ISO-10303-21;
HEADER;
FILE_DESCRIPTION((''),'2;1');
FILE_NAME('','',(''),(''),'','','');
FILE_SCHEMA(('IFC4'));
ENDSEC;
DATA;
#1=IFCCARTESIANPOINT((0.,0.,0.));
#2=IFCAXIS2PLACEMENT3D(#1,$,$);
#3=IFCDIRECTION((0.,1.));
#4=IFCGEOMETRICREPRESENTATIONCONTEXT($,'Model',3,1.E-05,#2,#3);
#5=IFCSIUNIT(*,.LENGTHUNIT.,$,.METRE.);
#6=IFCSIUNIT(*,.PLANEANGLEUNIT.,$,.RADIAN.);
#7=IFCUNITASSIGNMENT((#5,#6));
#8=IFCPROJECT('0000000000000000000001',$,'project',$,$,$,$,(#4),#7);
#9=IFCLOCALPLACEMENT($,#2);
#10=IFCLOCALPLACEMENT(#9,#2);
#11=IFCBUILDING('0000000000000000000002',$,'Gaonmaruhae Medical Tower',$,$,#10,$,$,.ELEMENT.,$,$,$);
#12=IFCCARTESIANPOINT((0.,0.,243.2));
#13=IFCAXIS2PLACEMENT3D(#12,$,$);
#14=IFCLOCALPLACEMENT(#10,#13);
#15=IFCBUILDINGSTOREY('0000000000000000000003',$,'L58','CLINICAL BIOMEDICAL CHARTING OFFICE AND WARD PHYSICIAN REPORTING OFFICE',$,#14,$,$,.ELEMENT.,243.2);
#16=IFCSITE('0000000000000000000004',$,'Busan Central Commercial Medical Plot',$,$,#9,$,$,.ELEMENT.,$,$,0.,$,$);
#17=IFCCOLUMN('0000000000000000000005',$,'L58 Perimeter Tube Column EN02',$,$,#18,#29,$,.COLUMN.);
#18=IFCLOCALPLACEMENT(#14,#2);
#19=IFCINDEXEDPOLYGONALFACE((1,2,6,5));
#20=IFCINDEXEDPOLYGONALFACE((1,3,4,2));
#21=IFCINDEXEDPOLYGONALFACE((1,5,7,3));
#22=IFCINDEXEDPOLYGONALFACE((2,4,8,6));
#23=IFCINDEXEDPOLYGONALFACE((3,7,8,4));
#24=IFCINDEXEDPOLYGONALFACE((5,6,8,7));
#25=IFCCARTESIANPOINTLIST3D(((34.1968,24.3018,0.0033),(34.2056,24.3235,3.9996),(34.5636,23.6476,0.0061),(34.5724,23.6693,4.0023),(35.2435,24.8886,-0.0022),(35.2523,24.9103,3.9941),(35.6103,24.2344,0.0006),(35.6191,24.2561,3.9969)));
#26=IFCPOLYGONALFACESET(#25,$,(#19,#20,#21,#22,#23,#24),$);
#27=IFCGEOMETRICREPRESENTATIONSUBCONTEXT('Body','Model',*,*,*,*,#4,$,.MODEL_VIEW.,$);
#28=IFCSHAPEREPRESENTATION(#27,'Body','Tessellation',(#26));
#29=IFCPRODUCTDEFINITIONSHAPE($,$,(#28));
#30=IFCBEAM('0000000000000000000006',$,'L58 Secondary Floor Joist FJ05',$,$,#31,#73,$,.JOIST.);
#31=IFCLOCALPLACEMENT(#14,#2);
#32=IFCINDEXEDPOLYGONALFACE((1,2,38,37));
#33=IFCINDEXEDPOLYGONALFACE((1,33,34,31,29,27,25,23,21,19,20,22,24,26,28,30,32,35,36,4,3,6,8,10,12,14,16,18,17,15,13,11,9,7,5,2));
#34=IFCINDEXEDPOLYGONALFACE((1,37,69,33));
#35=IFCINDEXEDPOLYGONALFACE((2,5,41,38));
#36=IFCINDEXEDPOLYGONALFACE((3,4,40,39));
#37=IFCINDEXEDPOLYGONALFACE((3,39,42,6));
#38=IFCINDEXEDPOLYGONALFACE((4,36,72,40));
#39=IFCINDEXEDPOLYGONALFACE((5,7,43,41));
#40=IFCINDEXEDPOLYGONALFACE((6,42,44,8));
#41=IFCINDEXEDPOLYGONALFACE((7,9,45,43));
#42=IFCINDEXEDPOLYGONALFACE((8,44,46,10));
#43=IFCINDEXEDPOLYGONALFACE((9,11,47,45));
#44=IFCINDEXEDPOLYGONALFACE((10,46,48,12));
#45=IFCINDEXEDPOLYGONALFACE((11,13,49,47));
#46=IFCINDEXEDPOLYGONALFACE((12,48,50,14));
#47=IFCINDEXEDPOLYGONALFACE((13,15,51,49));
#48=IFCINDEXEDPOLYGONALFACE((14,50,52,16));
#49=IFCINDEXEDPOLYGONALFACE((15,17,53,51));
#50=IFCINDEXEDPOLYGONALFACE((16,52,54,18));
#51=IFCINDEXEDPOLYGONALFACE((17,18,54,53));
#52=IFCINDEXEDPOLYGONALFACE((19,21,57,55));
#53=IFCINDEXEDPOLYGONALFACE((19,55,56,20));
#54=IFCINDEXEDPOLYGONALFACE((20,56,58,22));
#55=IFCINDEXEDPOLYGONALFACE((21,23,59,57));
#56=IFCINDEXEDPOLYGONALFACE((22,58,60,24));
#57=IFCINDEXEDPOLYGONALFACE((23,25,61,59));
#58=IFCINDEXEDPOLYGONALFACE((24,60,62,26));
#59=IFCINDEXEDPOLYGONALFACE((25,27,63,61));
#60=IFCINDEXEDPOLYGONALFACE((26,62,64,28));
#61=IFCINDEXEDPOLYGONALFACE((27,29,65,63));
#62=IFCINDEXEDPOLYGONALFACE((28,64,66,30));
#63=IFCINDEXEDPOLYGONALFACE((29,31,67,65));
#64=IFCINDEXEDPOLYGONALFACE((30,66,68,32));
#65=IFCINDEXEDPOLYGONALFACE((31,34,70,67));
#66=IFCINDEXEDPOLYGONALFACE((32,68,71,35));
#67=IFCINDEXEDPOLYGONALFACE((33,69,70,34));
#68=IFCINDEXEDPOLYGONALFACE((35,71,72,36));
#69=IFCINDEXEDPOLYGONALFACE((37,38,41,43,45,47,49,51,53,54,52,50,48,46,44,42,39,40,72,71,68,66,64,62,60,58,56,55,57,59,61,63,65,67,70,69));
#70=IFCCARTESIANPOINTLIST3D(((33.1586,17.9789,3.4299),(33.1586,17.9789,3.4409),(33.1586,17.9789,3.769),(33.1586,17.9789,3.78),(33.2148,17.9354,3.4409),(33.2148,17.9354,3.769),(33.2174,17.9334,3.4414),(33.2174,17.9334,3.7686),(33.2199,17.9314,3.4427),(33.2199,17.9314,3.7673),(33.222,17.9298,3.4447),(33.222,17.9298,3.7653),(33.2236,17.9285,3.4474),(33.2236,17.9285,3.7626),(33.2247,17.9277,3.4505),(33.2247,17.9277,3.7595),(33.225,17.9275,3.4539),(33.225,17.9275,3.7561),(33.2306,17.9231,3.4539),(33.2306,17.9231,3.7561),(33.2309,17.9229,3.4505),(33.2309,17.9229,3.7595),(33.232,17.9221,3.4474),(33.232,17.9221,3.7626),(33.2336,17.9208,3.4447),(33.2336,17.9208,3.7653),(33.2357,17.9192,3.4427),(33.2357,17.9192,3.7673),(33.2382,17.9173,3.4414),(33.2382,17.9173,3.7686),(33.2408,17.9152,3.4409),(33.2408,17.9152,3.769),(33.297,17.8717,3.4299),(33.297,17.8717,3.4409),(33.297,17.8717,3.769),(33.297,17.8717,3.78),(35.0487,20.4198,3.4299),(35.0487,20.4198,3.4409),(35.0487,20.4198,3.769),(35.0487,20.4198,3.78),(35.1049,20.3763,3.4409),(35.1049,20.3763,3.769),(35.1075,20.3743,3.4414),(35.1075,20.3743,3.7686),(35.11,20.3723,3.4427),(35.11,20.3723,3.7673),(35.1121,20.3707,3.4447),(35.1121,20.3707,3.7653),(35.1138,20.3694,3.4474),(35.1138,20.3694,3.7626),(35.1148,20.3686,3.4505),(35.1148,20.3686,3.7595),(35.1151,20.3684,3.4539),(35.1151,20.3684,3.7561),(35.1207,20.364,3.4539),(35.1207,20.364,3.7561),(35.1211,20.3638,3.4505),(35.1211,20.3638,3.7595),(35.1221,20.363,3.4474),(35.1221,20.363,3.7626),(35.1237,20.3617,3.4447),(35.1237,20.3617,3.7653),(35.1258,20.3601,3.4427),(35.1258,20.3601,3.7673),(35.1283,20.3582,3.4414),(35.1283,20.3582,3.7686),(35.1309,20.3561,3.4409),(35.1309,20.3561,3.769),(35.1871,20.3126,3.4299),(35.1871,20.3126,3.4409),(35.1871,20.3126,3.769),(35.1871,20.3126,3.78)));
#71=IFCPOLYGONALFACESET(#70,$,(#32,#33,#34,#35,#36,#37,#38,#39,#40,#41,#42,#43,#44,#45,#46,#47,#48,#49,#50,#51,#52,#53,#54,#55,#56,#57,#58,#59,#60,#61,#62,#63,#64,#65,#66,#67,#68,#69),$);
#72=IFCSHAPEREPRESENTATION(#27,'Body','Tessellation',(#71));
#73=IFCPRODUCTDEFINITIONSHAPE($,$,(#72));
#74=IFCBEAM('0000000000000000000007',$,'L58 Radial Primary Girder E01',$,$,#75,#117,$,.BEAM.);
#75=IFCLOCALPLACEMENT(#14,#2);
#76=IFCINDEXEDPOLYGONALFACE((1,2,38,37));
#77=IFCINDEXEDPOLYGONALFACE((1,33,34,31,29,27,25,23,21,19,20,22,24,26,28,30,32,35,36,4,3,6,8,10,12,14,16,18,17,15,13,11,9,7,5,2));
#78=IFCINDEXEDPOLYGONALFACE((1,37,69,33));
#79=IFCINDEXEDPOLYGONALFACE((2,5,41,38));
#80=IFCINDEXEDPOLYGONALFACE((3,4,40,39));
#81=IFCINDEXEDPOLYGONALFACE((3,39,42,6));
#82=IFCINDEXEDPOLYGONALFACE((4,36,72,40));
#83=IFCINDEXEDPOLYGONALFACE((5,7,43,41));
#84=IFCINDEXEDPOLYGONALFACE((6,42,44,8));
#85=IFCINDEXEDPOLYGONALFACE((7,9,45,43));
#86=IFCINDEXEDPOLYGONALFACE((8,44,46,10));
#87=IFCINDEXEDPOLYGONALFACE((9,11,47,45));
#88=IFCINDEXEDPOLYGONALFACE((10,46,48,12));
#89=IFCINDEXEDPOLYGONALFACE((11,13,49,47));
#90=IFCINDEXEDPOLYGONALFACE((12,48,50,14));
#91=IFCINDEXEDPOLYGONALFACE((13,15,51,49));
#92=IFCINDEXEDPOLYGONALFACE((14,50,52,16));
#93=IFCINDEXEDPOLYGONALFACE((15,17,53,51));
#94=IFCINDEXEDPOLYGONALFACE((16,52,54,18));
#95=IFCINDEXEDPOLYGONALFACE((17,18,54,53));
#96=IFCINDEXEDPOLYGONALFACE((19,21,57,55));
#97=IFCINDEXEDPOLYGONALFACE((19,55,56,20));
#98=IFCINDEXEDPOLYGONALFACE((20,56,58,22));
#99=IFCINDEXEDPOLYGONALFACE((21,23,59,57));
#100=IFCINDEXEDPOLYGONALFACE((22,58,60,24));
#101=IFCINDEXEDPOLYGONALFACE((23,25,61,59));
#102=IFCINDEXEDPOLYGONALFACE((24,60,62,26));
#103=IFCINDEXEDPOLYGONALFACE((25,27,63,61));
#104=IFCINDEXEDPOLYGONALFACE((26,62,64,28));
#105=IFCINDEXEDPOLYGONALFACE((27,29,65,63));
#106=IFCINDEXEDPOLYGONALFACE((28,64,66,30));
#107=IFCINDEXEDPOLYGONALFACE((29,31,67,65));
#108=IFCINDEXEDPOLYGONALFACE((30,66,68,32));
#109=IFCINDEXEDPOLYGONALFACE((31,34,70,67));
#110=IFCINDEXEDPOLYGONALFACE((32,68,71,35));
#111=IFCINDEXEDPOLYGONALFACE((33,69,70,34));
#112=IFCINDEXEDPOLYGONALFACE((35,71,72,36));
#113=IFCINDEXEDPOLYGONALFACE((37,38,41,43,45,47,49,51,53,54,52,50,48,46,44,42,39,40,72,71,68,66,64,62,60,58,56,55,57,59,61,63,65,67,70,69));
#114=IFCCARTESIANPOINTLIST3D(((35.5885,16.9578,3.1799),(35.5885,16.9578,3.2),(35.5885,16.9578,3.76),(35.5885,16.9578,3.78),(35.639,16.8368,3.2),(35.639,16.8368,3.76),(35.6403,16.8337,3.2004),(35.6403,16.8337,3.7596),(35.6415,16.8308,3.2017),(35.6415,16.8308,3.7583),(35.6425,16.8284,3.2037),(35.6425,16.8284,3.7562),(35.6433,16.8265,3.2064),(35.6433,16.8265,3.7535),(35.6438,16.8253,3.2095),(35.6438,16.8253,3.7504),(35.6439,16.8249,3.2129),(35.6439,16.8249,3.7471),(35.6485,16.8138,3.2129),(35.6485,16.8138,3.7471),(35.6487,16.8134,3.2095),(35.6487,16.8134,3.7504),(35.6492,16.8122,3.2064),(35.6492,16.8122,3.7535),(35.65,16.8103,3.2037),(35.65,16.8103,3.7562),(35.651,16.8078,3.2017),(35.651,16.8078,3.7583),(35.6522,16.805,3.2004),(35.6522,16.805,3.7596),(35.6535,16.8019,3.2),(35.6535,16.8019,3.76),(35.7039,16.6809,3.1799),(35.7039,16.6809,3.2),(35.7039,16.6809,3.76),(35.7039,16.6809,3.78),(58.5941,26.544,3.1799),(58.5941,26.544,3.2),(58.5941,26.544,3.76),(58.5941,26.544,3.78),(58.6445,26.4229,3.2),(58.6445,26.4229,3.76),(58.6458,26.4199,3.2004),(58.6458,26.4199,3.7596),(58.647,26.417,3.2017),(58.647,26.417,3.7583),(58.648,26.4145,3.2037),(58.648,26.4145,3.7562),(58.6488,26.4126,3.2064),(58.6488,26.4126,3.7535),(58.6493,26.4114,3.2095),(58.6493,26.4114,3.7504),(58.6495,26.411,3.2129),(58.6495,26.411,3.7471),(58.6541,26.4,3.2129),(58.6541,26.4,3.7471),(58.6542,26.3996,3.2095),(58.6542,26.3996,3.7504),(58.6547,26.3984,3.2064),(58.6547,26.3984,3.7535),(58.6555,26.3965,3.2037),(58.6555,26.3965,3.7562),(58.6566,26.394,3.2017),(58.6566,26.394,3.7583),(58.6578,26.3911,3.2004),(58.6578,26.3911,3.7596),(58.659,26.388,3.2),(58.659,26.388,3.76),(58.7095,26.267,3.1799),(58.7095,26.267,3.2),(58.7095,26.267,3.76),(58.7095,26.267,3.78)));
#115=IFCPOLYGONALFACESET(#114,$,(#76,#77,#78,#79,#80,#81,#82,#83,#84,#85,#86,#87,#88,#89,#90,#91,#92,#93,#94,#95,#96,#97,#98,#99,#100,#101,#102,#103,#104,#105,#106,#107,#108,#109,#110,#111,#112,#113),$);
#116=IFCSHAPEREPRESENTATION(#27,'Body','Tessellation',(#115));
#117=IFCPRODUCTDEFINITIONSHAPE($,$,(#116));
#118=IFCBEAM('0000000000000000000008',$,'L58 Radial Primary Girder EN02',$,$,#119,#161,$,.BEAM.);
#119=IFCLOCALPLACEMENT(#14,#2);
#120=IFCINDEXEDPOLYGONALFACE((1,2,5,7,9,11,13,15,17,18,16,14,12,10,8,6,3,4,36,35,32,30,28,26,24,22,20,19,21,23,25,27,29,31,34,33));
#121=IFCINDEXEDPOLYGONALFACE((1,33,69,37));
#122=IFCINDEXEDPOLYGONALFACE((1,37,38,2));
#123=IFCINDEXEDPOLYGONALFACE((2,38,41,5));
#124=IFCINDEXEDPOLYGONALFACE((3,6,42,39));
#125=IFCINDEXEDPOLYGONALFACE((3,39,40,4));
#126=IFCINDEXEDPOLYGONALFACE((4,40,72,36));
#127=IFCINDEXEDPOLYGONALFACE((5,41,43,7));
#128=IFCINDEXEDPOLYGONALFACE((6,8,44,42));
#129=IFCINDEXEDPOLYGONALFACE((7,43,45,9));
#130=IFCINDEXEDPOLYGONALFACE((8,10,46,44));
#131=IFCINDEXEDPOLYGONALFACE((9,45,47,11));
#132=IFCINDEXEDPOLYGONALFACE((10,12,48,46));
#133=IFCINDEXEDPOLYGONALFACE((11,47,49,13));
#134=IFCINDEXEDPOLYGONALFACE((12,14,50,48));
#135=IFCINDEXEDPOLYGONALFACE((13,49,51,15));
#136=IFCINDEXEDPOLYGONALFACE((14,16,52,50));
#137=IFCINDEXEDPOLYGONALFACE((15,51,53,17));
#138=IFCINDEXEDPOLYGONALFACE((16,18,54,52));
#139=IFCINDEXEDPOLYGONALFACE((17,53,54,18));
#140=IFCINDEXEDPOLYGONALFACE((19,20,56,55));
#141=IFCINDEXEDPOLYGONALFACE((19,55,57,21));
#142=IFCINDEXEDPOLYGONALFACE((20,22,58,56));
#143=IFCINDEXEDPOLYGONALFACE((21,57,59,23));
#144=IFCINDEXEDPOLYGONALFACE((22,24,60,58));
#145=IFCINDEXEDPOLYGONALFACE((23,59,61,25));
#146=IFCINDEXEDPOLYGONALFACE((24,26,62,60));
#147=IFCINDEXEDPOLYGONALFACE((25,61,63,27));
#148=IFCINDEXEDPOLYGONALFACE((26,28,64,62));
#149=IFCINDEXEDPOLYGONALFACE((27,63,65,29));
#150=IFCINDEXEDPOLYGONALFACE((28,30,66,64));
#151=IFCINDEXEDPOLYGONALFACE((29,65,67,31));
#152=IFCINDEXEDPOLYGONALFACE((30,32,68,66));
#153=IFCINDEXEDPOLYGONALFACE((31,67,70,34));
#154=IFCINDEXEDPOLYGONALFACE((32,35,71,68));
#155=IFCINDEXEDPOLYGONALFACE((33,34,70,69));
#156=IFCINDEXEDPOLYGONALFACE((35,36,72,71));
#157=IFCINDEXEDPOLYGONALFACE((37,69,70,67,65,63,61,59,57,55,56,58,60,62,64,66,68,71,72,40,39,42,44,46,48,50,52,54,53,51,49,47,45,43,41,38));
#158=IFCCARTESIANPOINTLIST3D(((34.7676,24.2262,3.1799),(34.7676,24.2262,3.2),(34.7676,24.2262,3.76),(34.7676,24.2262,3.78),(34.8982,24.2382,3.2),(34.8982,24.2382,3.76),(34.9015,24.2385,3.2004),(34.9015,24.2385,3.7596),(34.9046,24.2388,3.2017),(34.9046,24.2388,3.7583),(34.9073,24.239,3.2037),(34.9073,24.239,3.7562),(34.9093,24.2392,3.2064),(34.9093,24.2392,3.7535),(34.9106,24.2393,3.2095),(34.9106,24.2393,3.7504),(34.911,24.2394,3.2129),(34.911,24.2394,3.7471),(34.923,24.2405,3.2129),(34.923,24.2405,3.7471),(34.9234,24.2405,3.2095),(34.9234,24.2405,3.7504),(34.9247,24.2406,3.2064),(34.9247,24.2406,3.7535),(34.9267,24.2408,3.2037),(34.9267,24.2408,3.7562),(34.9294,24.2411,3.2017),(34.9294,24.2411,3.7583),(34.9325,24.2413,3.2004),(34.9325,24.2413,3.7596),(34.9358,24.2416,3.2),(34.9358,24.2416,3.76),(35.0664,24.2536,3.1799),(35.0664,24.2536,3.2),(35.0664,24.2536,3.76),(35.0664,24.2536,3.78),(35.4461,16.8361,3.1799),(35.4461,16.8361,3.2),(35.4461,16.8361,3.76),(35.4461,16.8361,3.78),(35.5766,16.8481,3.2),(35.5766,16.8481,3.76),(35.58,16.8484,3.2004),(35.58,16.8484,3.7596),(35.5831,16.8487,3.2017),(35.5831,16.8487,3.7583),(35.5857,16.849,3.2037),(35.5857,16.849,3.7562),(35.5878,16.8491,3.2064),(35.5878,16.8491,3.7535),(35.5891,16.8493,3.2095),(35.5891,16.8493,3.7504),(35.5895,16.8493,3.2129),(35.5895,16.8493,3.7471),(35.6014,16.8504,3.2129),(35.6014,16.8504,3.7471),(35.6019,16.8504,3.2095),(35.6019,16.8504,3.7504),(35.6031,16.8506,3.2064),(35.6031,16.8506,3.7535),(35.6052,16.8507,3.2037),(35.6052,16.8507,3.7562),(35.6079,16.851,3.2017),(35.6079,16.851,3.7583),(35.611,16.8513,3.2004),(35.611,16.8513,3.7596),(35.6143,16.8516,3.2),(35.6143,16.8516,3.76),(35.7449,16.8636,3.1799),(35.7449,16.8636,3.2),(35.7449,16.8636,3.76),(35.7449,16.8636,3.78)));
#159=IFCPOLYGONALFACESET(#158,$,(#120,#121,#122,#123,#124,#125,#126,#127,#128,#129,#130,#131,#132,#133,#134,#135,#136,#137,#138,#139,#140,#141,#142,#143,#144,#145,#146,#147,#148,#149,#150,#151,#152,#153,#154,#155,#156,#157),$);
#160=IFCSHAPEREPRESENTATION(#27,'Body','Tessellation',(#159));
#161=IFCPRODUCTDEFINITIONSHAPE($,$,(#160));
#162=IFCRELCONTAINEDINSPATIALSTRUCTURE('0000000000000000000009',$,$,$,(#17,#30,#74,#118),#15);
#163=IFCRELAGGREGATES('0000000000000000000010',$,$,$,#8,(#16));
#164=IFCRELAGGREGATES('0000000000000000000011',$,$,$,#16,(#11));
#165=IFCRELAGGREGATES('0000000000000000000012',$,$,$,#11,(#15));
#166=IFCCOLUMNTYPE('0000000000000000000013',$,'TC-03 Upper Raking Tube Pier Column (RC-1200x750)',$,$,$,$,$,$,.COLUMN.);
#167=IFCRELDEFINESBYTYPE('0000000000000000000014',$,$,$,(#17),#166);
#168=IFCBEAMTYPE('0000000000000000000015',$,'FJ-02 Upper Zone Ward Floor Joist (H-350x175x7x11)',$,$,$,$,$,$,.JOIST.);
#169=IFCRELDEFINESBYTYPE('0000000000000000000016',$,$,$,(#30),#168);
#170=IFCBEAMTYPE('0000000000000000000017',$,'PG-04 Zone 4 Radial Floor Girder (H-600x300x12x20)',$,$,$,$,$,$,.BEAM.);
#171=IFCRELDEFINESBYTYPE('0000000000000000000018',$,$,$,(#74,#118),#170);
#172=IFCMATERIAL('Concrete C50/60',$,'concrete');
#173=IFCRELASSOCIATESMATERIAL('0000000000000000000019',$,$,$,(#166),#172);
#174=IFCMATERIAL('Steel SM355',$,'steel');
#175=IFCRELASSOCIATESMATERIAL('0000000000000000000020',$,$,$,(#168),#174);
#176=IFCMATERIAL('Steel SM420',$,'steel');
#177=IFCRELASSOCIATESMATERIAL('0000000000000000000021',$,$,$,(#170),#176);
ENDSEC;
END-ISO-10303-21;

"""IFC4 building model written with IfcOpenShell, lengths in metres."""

from ifc_helpers import new_model, si_unit, direction, frame, origin, origin_2d, place, context, subcontext, project, spatial, rectangle, i_section, extrude, material, material_profile, profile_set, type_object, element, save


model = new_model("IFC4")

# Units and contexts
model_context = context("Model", 3, precision=1e-05, world=origin(), true_north=direction((0.0, 1.0)))
body_context = subcontext(model_context, "Body", "Model", "MODEL_VIEW")
ifc_project = project(units=[si_unit("LENGTHUNIT", "METRE"), si_unit("PLANEANGLEUNIT", "RADIAN")], contexts=[model_context])

# Site, building, storey
site_placement = place(None, origin())
site = spatial("IfcSite", under=ifc_project, at=site_placement, Name="Busan Central Commercial Medical Plot", CompositionType="ELEMENT", RefElevation=0.0)
building_placement = place(site_placement, origin())
building = spatial("IfcBuilding", under=site, at=building_placement, Name="Gaonmaruhae Medical Tower", CompositionType="ELEMENT")
storey_placement = place(building_placement, frame((0.0, 0.0, 243.2)))
storey = spatial("IfcBuildingStorey", under=building, at=storey_placement, Name="L58", Description="CLINICAL BIOMEDICAL CHARTING OFFICE AND WARD PHYSICIAN REPORTING OFFICE", CompositionType="ELEMENT", Elevation=243.2)

# Column
ifc_material_1 = material(Name="Concrete C50/60", Category="concrete")
ifc_material_profile_1 = material_profile(ifc_material_1, rectangle(XDim=1.2, YDim=0.75, at=origin_2d()), Name="RC-1200x750")
ifc_profile_set_1 = profile_set([ifc_material_profile_1], Name="Concrete C50/60")
column_type = type_object("IfcColumnType", Name="TC-03 Upper Raking Tube Pier Column (RC-1200x750)", PredefinedType="COLUMN", material=ifc_profile_set_1)
column_placement = place(storey_placement, frame((34.9036, 24.2681, 0.002), z_axis=(0.002199, 0.005437, 0.999983), x_axis=(-0.872261, -0.489019, 0.004577)))
element("IfcColumn", 1, at=column_placement, inside=storey, type_object=column_type, Name="L58 Perimeter Tube Column EN02", PredefinedType="COLUMN", context=body_context, shape_type="SweptSolid", body=[
    extrude(rectangle(XDim=1.2, YDim=0.75, at=origin_2d()), origin(), (0.0, 0.0, 1.0), 3.9963),
])

# Beams
ifc_material_2 = material(Name="Steel SM355", Category="steel")
ifc_material_profile_2 = material_profile(ifc_material_2, i_section(OverallWidth=0.175, OverallDepth=0.3501, WebThickness=0.0071, FlangeThickness=0.011, FilletRadius=0.0129, at=origin_2d()), Name="H-350x175x7x11")
ifc_profile_set_2 = profile_set([ifc_material_profile_2], Name="Steel SM355")
beam_type_1 = type_object("IfcBeamType", Name="FJ-02 Upper Zone Ward Floor Joist (H-350x175x7x11)", PredefinedType="JOIST", material=ifc_profile_set_2)
beam_1_placement = place(storey_placement, frame((35.1179, 20.3662, 3.605), z_axis=(-0.612253, -0.790662, 0.0), x_axis=(0.790662, -0.612253, 0.0)))
element("IfcBeam", 2, at=beam_1_placement, inside=storey, type_object=beam_type_1, Name="L58 Secondary Floor Joist FJ05", PredefinedType="JOIST", context=body_context, shape_type="SweptSolid", body=[
    extrude(i_section(OverallWidth=0.175, OverallDepth=0.3501, WebThickness=0.0071, FlangeThickness=0.011, FilletRadius=0.0129, at=origin_2d()), origin(), (0.0, 0.0, 1.0), 3.0872),
])
ifc_material_3 = material(Name="Steel SM420", Category="steel")
ifc_material_profile_3 = material_profile(ifc_material_3, i_section(OverallWidth=0.3, OverallDepth=0.6001, WebThickness=0.012, FlangeThickness=0.02, FilletRadius=0.0129, at=origin_2d()), Name="H-600x300x12x20")
ifc_profile_set_3 = profile_set([ifc_material_profile_3], Name="Steel SM420")
beam_type_2 = type_object("IfcBeamType", Name="PG-04 Zone 4 Radial Floor Girder (H-600x300x12x20)", PredefinedType="BEAM", material=ifc_profile_set_3)
beam_2_placement = place(storey_placement, frame((35.6462, 16.8193, 3.48), z_axis=(0.92307, 0.384633, 0.0), x_axis=(-0.384633, 0.92307, 0.0)))
element("IfcBeam", 3, at=beam_2_placement, inside=storey, type_object=beam_type_2, Name="L58 Radial Primary Girder E01", PredefinedType="BEAM", context=body_context, shape_type="SweptSolid", body=[
    extrude(i_section(OverallWidth=0.3, OverallDepth=0.6001, WebThickness=0.012, FlangeThickness=0.02, FilletRadius=0.0129, at=origin_2d()), origin(), (0.0, 0.0, 1.0), 24.9229),
])
beam_3_placement = place(storey_placement, frame((35.5955, 16.8499, 3.48), z_axis=(-0.091423, 0.995812, 0.0), x_axis=(-0.995812, -0.091423, 0.0)))
element("IfcBeam", 4, at=beam_3_placement, inside=storey, type_object=beam_type_2, Name="L58 Radial Primary Girder EN02", PredefinedType="BEAM", context=body_context, shape_type="SweptSolid", body=[
    extrude(i_section(OverallWidth=0.3, OverallDepth=0.6001, WebThickness=0.012, FlangeThickness=0.02, FilletRadius=0.0129, at=origin_2d()), origin(), (0.0, 0.0, 1.0), 7.4211),
])

save(model, "model.ifc")
